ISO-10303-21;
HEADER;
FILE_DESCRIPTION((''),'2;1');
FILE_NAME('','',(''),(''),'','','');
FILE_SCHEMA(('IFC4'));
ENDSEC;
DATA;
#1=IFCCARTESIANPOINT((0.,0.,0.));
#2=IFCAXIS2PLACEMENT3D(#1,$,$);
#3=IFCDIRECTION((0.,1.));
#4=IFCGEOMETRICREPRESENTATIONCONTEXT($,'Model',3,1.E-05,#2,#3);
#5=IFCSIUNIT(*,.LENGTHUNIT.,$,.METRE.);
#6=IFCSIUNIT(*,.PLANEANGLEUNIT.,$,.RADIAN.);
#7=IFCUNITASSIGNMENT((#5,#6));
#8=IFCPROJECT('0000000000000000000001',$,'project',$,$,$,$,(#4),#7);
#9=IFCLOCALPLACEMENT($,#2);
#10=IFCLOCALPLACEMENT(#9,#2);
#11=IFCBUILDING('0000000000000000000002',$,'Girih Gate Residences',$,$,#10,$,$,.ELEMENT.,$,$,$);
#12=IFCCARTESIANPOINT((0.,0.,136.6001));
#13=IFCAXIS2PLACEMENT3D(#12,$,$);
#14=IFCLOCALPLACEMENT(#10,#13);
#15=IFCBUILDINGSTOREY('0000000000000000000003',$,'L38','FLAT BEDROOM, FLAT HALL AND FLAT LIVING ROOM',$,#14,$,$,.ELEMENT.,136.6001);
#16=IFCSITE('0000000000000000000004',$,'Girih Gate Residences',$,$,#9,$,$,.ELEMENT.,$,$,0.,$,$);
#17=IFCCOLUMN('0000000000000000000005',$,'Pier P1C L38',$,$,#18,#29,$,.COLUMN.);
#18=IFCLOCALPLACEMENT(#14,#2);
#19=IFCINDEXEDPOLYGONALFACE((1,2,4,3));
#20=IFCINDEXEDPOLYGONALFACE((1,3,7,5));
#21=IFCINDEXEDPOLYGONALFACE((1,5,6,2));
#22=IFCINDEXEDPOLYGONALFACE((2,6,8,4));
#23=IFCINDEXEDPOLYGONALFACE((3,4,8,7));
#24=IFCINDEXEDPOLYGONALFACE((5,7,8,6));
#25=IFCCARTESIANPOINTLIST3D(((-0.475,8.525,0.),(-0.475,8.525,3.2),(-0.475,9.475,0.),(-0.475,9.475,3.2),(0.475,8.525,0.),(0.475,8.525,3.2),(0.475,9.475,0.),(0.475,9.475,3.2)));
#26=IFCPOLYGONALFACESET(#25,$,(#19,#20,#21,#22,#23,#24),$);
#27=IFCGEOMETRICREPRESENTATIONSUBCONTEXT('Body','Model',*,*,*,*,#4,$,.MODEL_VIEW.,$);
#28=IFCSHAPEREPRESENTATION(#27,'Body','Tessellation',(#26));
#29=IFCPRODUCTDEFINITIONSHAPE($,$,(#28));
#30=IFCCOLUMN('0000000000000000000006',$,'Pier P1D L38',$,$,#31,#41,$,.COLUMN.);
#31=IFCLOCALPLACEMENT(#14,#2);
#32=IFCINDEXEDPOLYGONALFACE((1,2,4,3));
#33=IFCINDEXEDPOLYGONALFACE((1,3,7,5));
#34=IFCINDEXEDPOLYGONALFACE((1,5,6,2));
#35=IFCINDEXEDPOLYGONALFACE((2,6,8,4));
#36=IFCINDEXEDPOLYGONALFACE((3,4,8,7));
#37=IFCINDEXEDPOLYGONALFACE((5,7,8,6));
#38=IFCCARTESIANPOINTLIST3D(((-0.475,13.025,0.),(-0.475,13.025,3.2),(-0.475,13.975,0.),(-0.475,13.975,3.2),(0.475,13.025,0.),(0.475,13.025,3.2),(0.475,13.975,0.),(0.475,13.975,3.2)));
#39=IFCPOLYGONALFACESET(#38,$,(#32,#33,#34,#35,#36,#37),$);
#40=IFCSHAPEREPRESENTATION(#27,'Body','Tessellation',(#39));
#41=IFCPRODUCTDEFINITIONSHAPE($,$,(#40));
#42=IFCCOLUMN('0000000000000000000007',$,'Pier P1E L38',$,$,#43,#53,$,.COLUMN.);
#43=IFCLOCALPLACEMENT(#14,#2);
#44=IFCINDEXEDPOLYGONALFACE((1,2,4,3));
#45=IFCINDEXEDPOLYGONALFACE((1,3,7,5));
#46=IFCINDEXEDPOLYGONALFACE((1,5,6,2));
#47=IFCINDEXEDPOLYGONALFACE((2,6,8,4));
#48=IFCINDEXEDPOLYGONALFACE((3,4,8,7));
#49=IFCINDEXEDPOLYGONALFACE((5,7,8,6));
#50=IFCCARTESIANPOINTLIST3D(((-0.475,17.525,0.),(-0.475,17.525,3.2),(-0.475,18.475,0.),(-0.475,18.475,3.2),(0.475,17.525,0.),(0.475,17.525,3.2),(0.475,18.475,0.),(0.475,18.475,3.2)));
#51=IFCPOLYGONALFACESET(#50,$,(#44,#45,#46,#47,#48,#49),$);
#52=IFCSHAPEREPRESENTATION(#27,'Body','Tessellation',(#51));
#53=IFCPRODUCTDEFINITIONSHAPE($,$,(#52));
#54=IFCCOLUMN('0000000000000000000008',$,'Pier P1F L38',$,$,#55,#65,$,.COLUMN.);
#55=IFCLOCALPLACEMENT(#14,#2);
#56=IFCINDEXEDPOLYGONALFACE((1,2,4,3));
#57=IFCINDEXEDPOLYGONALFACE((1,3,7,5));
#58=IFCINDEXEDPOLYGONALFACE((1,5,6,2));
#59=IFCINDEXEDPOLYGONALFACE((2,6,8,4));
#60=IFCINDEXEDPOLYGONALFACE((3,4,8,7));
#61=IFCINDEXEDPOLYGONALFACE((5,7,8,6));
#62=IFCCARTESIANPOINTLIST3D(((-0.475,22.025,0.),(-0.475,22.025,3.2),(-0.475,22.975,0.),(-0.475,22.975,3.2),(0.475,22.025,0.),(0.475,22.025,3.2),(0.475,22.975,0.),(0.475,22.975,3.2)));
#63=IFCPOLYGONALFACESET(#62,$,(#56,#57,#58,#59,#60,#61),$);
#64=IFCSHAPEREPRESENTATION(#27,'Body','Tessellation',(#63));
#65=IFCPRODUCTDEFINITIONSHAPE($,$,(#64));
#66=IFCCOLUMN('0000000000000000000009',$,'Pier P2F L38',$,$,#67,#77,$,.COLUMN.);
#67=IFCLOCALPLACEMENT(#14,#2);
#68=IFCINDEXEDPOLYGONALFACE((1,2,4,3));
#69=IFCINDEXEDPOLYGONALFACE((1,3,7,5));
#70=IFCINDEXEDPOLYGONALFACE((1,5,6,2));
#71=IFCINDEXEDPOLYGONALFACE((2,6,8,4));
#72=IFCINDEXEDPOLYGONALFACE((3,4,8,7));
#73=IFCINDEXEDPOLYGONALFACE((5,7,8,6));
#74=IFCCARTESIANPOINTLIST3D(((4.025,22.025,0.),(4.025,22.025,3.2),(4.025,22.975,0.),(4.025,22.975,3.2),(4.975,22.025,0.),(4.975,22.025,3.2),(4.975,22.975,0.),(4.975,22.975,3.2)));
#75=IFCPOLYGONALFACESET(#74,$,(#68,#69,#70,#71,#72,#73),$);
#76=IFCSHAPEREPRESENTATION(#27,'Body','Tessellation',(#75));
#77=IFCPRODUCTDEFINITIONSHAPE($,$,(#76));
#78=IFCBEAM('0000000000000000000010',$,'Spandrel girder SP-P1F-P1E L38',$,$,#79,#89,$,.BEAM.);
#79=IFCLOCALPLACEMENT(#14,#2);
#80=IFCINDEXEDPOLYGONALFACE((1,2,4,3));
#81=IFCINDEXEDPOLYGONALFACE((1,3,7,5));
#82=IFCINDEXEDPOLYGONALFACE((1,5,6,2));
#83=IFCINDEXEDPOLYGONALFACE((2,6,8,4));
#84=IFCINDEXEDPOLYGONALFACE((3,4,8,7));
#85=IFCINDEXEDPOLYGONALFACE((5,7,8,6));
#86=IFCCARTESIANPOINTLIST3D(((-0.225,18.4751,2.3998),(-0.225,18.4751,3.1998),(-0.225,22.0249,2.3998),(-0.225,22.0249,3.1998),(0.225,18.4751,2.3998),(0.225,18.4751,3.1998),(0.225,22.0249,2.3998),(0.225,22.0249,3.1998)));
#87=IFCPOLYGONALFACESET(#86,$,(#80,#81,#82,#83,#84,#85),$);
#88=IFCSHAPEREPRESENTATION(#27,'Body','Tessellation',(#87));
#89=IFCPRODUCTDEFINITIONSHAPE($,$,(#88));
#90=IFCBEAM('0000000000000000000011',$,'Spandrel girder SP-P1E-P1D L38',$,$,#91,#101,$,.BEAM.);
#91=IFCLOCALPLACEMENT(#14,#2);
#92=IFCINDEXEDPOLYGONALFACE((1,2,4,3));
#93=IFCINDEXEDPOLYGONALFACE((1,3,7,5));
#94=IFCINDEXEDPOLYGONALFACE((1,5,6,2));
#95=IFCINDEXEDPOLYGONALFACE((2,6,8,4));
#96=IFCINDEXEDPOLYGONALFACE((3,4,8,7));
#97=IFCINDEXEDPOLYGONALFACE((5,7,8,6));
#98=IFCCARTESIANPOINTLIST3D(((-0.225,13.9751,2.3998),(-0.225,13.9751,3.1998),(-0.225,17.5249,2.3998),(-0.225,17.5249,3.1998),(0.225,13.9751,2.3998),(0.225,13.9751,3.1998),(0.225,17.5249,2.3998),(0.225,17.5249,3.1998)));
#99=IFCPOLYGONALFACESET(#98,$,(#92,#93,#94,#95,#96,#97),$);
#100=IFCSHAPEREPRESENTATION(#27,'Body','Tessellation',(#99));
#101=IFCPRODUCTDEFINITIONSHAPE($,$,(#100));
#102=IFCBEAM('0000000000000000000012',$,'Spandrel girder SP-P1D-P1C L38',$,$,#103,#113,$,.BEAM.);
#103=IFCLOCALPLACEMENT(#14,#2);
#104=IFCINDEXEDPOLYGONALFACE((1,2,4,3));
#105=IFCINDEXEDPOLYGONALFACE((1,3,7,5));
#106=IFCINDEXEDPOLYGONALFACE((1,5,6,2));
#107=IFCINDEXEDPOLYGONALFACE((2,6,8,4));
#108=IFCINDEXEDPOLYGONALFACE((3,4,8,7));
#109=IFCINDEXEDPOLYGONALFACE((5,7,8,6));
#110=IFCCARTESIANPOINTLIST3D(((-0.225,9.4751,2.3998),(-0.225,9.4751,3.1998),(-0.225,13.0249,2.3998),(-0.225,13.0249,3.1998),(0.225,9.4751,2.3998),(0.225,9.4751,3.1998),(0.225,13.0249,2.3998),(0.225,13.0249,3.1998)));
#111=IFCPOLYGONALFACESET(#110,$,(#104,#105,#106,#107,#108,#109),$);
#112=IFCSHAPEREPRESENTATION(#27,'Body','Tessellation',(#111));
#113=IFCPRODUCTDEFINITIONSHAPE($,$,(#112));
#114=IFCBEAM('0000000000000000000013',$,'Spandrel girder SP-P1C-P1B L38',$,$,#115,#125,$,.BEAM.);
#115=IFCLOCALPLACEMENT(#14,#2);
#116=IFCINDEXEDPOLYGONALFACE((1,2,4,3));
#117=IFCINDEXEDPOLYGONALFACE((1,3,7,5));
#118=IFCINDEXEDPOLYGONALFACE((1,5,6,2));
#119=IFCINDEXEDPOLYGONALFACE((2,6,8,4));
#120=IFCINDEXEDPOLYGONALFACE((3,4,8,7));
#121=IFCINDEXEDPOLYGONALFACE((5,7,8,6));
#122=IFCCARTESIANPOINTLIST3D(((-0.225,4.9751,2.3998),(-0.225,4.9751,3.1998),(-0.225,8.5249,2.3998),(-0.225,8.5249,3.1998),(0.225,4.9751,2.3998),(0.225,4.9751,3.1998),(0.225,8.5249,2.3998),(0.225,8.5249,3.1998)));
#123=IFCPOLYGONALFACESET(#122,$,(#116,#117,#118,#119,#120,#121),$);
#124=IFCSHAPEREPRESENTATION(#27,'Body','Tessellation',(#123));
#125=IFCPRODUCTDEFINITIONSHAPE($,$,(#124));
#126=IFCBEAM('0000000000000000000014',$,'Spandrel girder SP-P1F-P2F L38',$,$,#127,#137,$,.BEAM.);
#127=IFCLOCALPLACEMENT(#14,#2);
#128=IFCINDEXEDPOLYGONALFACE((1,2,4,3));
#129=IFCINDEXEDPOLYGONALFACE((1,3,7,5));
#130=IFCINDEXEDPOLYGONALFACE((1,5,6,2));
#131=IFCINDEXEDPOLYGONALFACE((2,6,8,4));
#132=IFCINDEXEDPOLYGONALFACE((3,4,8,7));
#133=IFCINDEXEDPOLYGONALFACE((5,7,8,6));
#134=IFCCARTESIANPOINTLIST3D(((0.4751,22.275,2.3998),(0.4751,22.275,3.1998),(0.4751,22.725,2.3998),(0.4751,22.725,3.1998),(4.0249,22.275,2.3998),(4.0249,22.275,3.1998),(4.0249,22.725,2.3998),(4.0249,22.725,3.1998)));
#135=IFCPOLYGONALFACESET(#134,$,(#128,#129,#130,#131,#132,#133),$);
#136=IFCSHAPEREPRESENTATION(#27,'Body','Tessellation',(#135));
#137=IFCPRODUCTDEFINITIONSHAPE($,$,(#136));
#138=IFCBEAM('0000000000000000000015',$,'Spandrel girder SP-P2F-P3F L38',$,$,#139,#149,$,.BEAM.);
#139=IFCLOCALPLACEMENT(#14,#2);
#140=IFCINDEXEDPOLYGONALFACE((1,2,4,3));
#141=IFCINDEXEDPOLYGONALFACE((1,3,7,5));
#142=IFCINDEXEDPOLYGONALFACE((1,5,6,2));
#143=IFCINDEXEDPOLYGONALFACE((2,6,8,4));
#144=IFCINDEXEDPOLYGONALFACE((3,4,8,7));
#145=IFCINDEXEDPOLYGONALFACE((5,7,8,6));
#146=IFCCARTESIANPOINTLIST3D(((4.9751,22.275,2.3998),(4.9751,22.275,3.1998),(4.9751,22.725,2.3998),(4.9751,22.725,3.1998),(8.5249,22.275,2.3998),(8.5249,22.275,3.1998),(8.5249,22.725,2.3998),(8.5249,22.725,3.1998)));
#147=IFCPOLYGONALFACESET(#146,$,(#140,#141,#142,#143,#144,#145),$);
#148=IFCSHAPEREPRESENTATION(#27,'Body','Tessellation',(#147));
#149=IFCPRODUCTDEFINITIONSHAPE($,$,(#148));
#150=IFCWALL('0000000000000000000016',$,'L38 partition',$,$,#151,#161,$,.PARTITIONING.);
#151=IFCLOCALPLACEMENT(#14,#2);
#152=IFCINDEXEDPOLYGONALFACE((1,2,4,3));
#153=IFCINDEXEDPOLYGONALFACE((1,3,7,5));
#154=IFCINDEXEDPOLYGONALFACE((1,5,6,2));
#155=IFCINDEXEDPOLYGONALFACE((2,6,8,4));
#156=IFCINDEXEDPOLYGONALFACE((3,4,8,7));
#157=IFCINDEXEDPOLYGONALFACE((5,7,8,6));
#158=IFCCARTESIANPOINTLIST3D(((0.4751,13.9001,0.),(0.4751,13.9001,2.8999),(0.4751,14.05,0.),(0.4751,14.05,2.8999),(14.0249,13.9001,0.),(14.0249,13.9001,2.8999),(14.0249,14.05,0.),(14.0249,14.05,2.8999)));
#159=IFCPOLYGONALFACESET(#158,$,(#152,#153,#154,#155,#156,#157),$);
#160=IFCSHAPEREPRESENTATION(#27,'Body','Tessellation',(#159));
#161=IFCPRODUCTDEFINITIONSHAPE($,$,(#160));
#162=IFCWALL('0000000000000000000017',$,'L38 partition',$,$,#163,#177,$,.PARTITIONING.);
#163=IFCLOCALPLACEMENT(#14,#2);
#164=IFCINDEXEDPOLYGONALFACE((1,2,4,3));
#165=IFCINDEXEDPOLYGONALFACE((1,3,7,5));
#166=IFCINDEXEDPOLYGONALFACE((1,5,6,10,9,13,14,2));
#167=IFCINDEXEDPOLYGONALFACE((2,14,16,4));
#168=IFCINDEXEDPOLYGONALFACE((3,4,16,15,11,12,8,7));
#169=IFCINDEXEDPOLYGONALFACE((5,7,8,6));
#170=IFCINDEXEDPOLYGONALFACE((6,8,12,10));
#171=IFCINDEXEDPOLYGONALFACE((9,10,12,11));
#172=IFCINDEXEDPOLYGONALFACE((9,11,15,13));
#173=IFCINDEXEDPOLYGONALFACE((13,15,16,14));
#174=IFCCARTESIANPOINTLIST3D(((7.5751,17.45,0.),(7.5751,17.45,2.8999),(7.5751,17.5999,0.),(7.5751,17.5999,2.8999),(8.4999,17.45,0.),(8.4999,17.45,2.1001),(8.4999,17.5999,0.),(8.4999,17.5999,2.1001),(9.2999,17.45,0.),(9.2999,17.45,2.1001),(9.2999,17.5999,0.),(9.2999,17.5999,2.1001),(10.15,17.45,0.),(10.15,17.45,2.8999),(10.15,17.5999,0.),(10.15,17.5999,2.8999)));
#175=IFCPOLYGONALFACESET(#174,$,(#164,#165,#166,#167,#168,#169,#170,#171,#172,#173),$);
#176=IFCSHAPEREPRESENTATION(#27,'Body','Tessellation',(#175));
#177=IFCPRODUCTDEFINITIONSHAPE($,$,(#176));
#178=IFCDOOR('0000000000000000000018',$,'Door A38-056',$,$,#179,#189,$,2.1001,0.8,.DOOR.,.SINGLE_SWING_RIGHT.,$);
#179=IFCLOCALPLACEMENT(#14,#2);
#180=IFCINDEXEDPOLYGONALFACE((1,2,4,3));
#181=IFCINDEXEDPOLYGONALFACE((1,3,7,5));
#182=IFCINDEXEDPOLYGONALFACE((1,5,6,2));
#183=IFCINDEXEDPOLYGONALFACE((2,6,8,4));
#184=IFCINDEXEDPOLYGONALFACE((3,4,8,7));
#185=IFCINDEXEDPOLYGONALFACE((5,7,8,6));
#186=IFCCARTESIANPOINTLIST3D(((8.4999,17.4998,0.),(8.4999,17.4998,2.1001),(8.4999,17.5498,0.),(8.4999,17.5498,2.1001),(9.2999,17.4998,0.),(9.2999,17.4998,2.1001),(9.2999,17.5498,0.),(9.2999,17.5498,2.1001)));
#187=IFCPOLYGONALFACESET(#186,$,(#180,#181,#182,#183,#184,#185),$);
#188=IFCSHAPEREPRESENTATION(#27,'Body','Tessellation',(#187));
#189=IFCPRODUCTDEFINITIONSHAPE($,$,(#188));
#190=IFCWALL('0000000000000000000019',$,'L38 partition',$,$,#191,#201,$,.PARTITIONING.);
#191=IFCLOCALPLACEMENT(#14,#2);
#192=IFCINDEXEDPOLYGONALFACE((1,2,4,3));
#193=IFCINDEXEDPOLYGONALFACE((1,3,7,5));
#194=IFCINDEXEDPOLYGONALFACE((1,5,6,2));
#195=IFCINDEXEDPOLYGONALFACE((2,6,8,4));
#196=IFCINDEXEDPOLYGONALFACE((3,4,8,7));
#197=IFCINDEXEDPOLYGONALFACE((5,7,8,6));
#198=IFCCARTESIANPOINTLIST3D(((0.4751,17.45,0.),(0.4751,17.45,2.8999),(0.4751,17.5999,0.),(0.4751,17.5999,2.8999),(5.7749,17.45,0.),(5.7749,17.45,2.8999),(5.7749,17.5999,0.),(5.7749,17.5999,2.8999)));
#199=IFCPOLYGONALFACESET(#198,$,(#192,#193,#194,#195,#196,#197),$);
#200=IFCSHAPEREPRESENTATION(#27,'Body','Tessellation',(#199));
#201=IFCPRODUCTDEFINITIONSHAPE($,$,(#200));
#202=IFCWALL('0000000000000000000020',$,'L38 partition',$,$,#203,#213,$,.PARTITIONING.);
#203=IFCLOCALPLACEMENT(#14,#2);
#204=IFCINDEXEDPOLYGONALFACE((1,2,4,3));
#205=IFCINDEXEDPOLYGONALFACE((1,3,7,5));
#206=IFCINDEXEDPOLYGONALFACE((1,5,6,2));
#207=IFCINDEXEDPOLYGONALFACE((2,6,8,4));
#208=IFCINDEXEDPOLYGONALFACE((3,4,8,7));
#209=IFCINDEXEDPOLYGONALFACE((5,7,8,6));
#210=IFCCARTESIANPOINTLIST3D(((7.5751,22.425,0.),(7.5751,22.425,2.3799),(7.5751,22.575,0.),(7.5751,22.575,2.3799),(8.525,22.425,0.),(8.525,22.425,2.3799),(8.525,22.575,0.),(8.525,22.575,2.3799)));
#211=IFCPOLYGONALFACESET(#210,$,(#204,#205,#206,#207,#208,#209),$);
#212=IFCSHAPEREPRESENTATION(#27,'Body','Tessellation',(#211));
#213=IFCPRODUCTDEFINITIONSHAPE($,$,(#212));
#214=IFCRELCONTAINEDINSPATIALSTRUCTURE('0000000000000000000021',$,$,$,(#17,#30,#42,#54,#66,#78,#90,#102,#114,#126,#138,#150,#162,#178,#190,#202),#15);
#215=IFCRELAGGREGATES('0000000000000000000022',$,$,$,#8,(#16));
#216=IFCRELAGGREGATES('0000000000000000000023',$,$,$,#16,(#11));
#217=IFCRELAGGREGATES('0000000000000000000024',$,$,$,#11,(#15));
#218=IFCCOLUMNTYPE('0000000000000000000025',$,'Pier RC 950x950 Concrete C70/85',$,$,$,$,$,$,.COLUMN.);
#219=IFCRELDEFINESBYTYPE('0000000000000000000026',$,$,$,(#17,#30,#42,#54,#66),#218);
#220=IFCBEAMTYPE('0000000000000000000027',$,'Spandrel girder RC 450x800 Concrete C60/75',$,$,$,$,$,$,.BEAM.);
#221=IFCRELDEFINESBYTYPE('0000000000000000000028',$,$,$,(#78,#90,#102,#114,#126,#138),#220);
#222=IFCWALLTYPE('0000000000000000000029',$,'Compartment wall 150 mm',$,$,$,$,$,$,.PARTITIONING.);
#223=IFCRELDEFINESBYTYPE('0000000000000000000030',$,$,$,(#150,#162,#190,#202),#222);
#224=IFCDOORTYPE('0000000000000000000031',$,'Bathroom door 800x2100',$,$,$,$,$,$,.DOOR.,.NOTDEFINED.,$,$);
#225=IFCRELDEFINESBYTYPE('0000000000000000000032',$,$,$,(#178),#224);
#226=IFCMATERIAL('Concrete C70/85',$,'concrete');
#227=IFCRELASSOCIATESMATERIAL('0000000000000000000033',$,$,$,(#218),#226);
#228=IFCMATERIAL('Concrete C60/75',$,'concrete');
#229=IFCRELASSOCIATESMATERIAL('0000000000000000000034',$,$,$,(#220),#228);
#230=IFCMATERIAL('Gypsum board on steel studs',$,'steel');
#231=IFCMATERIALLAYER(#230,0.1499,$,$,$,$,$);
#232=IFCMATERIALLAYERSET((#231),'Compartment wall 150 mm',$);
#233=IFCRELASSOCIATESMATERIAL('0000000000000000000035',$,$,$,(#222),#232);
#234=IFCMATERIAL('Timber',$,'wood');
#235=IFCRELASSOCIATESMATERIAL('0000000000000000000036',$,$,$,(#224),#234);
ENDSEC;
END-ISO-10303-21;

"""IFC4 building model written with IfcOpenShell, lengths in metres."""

from ifc_helpers import new_model, si_unit, direction, frame, frame_2d, origin, origin_2d, place, context, subcontext, project, spatial, rectangle, extrude, material, layer, layer_set, material_profile, profile_set, type_object, element, fill, save


model = new_model("IFC4")

# Units and contexts
model_context = context("Model", 3, precision=1e-05, world=origin(), true_north=direction((0.0, 1.0)))
body_context = subcontext(model_context, "Body", "Model", "MODEL_VIEW")
ifc_project = project(units=[si_unit("LENGTHUNIT", "METRE"), si_unit("PLANEANGLEUNIT", "RADIAN")], contexts=[model_context])

# Site, building, storey
site_placement = place(None, origin())
site = spatial("IfcSite", under=ifc_project, at=site_placement, Name="Girih Gate Residences", CompositionType="ELEMENT", RefElevation=0.0)
building_placement = place(site_placement, origin())
building = spatial("IfcBuilding", under=site, at=building_placement, Name="Girih Gate Residences", CompositionType="ELEMENT")
storey_placement = place(building_placement, frame((0.0, 0.0, 136.6001)))
storey = spatial("IfcBuildingStorey", under=building, at=storey_placement, Name="L38", Description="FLAT BEDROOM, FLAT HALL AND FLAT LIVING ROOM", CompositionType="ELEMENT", Elevation=136.6001)

# Columns
ifc_material_1 = material(Name="Concrete C70/85", Category="concrete")
ifc_material_profile_1 = material_profile(ifc_material_1, rectangle(XDim=0.95, YDim=0.95, at=origin_2d()))
ifc_profile_set_1 = profile_set([ifc_material_profile_1], Name="Concrete C70/85")
column_type = type_object("IfcColumnType", Name="Pier RC 950x950 Concrete C70/85", PredefinedType="COLUMN", material=ifc_profile_set_1)
for number, where, z_axis, x_axis, name in (
    (1, (0.0, 9.0, 0.0), (0.0, 0.0, 1.0), (1.0, 0.0, 0.0), "Pier P1C L38"),
    (2, (0.0, 13.5, 0.0), (0.0, 0.0, 1.0), (1.0, 0.0, 0.0), "Pier P1D L38"),
    (3, (0.0, 18.0, 0.0), (0.0, 0.0, 1.0), (1.0, 0.0, 0.0), "Pier P1E L38"),
    (4, (0.0, 22.5, 0.0), (0.0, 0.0, 1.0), (1.0, 0.0, 0.0), "Pier P1F L38"),
    (5, (4.5, 22.5, 0.0), (0.0, 0.0, 1.0), (1.0, 0.0, 0.0), "Pier P2F L38"),
):
    element("IfcColumn", number, at=place(storey_placement, frame(where, z_axis=z_axis, x_axis=x_axis)), inside=storey, type_object=column_type, Name=name, PredefinedType="COLUMN", context=body_context, shape_type="SweptSolid", body=[
        extrude(rectangle(XDim=0.95, YDim=0.95, at=origin_2d()), origin(), (0.0, 0.0, 1.0), 3.2),
    ])

# Beams
ifc_material_2 = material(Name="Concrete C60/75", Category="concrete")
ifc_material_profile_2 = material_profile(ifc_material_2, rectangle(XDim=0.45, YDim=0.8, at=origin_2d()))
ifc_profile_set_2 = profile_set([ifc_material_profile_2], Name="Concrete C60/75")
beam_type = type_object("IfcBeamType", Name="Spandrel girder RC 450x800 Concrete C60/75", PredefinedType="BEAM", material=ifc_profile_set_2)
for number, where, z_axis, x_axis, name in (
    (6, (0.0, 22.0249, 2.7998), (0.0, -1.0, 0.0), (1.0, 0.0, 0.0), "Spandrel girder SP-P1F-P1E L38"),
    (7, (0.0, 17.5249, 2.7998), (0.0, -1.0, 0.0), (1.0, 0.0, 0.0), "Spandrel girder SP-P1E-P1D L38"),
    (8, (0.0, 13.0249, 2.7998), (0.0, -1.0, 0.0), (1.0, 0.0, 0.0), "Spandrel girder SP-P1D-P1C L38"),
    (9, (0.0, 8.5249, 2.7998), (0.0, -1.0, 0.0), (1.0, 0.0, 0.0), "Spandrel girder SP-P1C-P1B L38"),
    (10, (0.4751, 22.5, 2.7998), (1.0, 0.0, 0.0), (0.0, 1.0, 0.0), "Spandrel girder SP-P1F-P2F L38"),
    (11, (4.9751, 22.5, 2.7998), (1.0, 0.0, 0.0), (0.0, 1.0, 0.0), "Spandrel girder SP-P2F-P3F L38"),
):
    element("IfcBeam", number, at=place(storey_placement, frame(where, z_axis=z_axis, x_axis=x_axis)), inside=storey, type_object=beam_type, Name=name, PredefinedType="BEAM", context=body_context, shape_type="SweptSolid", body=[
        extrude(rectangle(XDim=0.45, YDim=0.8, at=origin_2d()), origin(), (0.0, 0.0, 1.0), 3.5498),
    ])

# Wall
ifc_material_3 = material(Name="Gypsum board on steel studs", Category="steel")
ifc_layer_1 = layer(ifc_material_3, 0.1499)
ifc_layer_set_1 = layer_set([ifc_layer_1], Name="Compartment wall 150 mm")
wall_type_1 = type_object("IfcWallType", Name="Compartment wall 150 mm", PredefinedType="PARTITIONING", material=ifc_layer_set_1)
wall_1_placement = place(storey_placement, frame((0.4751, 13.9751, 0.0), z_axis=(0.0, 0.0, 1.0), x_axis=(1.0, 0.0, 0.0)))
element("IfcWall", 12, at=wall_1_placement, inside=storey, type_object=wall_type_1, Name="L38 partition", PredefinedType="PARTITIONING", context=body_context, shape_type="SweptSolid", body=[
    extrude(rectangle(XDim=13.5498, YDim=0.1499, at=frame_2d((6.7749, 0.0))), origin(), (0.0, 0.0, 1.0), 2.8999),
])

# Wall, opening, door
wall_2_placement = place(storey_placement, frame((7.575, 17.5249, 0.0), z_axis=(0.0, 0.0, 1.0), x_axis=(1.0, 0.0, 0.0)))
wall_2 = element("IfcWall", 13, at=wall_2_placement, inside=storey, type_object=wall_type_1, Name="L38 partition", PredefinedType="PARTITIONING", context=body_context, shape_type="SweptSolid", body=[
    extrude(rectangle(XDim=2.575, YDim=0.1499, at=frame_2d((1.2876, 0.0))), origin(), (0.0, 0.0, 1.0), 2.8999),
])
opening_1_placement = place(wall_2_placement, frame((0.925, 0.0, 0.0)))
opening_1 = element("IfcOpeningElement", 14, at=opening_1_placement, cuts=wall_2, PredefinedType="OPENING", context=body_context, shape_type="SweptSolid", body=[
    extrude(rectangle(XDim=0.8, YDim=2.1001, at=frame_2d((0.3999, 1.05))), frame((0.0, 0.085, 0.0), z_axis=(0.0, -1.0, 0.0), x_axis=(1.0, 0.0, 0.0)), (0.0, 0.0, 1.0), 0.1699),
])
ifc_material_4 = material(Name="Timber", Category="wood")
door_type_1 = type_object("IfcDoorType", Name="Bathroom door 800x2100", OperationType="NOTDEFINED", PredefinedType="DOOR", material=ifc_material_4)
door_1_placement = place(opening_1_placement, origin())
door_1 = element("IfcDoor", 15, at=door_1_placement, inside=storey, type_object=door_type_1, Name="Door A38-056", OperationType="SINGLE_SWING_RIGHT", OverallHeight=2.1001, OverallWidth=0.8, PredefinedType="DOOR", context=body_context, shape_type="SweptSolid", body=[
    extrude(rectangle(XDim=0.8, YDim=2.1001, at=frame_2d((0.3999, 1.05))), frame((0.0, 0.0249, 0.0), z_axis=(0.0, -1.0, 0.0), x_axis=(1.0, 0.0, 0.0)), (0.0, 0.0, 1.0), 0.05),
])
fill(opening_1, door_1)

# Walls
wall_3_placement = place(storey_placement, frame((0.4751, 17.5249, 0.0), z_axis=(0.0, 0.0, 1.0), x_axis=(1.0, 0.0, 0.0)))
element("IfcWall", 16, at=wall_3_placement, inside=storey, type_object=wall_type_1, Name="L38 partition", PredefinedType="PARTITIONING", context=body_context, shape_type="SweptSolid", body=[
    extrude(rectangle(XDim=5.2998, YDim=0.1499, at=frame_2d((2.6499, 0.0))), origin(), (0.0, 0.0, 1.0), 2.8999),
])
wall_4_placement = place(storey_placement, frame((7.575, 22.5, 0.0), z_axis=(0.0, 0.0, 1.0), x_axis=(1.0, 0.0, 0.0)))
element("IfcWall", 17, at=wall_4_placement, inside=storey, type_object=wall_type_1, Name="L38 partition", PredefinedType="PARTITIONING", context=body_context, shape_type="SweptSolid", body=[
    extrude(rectangle(XDim=0.95, YDim=0.1499, at=frame_2d((0.4751, 0.0))), origin(), (0.0, 0.0, 1.0), 2.3799),
])

save(model, "model.ifc")
